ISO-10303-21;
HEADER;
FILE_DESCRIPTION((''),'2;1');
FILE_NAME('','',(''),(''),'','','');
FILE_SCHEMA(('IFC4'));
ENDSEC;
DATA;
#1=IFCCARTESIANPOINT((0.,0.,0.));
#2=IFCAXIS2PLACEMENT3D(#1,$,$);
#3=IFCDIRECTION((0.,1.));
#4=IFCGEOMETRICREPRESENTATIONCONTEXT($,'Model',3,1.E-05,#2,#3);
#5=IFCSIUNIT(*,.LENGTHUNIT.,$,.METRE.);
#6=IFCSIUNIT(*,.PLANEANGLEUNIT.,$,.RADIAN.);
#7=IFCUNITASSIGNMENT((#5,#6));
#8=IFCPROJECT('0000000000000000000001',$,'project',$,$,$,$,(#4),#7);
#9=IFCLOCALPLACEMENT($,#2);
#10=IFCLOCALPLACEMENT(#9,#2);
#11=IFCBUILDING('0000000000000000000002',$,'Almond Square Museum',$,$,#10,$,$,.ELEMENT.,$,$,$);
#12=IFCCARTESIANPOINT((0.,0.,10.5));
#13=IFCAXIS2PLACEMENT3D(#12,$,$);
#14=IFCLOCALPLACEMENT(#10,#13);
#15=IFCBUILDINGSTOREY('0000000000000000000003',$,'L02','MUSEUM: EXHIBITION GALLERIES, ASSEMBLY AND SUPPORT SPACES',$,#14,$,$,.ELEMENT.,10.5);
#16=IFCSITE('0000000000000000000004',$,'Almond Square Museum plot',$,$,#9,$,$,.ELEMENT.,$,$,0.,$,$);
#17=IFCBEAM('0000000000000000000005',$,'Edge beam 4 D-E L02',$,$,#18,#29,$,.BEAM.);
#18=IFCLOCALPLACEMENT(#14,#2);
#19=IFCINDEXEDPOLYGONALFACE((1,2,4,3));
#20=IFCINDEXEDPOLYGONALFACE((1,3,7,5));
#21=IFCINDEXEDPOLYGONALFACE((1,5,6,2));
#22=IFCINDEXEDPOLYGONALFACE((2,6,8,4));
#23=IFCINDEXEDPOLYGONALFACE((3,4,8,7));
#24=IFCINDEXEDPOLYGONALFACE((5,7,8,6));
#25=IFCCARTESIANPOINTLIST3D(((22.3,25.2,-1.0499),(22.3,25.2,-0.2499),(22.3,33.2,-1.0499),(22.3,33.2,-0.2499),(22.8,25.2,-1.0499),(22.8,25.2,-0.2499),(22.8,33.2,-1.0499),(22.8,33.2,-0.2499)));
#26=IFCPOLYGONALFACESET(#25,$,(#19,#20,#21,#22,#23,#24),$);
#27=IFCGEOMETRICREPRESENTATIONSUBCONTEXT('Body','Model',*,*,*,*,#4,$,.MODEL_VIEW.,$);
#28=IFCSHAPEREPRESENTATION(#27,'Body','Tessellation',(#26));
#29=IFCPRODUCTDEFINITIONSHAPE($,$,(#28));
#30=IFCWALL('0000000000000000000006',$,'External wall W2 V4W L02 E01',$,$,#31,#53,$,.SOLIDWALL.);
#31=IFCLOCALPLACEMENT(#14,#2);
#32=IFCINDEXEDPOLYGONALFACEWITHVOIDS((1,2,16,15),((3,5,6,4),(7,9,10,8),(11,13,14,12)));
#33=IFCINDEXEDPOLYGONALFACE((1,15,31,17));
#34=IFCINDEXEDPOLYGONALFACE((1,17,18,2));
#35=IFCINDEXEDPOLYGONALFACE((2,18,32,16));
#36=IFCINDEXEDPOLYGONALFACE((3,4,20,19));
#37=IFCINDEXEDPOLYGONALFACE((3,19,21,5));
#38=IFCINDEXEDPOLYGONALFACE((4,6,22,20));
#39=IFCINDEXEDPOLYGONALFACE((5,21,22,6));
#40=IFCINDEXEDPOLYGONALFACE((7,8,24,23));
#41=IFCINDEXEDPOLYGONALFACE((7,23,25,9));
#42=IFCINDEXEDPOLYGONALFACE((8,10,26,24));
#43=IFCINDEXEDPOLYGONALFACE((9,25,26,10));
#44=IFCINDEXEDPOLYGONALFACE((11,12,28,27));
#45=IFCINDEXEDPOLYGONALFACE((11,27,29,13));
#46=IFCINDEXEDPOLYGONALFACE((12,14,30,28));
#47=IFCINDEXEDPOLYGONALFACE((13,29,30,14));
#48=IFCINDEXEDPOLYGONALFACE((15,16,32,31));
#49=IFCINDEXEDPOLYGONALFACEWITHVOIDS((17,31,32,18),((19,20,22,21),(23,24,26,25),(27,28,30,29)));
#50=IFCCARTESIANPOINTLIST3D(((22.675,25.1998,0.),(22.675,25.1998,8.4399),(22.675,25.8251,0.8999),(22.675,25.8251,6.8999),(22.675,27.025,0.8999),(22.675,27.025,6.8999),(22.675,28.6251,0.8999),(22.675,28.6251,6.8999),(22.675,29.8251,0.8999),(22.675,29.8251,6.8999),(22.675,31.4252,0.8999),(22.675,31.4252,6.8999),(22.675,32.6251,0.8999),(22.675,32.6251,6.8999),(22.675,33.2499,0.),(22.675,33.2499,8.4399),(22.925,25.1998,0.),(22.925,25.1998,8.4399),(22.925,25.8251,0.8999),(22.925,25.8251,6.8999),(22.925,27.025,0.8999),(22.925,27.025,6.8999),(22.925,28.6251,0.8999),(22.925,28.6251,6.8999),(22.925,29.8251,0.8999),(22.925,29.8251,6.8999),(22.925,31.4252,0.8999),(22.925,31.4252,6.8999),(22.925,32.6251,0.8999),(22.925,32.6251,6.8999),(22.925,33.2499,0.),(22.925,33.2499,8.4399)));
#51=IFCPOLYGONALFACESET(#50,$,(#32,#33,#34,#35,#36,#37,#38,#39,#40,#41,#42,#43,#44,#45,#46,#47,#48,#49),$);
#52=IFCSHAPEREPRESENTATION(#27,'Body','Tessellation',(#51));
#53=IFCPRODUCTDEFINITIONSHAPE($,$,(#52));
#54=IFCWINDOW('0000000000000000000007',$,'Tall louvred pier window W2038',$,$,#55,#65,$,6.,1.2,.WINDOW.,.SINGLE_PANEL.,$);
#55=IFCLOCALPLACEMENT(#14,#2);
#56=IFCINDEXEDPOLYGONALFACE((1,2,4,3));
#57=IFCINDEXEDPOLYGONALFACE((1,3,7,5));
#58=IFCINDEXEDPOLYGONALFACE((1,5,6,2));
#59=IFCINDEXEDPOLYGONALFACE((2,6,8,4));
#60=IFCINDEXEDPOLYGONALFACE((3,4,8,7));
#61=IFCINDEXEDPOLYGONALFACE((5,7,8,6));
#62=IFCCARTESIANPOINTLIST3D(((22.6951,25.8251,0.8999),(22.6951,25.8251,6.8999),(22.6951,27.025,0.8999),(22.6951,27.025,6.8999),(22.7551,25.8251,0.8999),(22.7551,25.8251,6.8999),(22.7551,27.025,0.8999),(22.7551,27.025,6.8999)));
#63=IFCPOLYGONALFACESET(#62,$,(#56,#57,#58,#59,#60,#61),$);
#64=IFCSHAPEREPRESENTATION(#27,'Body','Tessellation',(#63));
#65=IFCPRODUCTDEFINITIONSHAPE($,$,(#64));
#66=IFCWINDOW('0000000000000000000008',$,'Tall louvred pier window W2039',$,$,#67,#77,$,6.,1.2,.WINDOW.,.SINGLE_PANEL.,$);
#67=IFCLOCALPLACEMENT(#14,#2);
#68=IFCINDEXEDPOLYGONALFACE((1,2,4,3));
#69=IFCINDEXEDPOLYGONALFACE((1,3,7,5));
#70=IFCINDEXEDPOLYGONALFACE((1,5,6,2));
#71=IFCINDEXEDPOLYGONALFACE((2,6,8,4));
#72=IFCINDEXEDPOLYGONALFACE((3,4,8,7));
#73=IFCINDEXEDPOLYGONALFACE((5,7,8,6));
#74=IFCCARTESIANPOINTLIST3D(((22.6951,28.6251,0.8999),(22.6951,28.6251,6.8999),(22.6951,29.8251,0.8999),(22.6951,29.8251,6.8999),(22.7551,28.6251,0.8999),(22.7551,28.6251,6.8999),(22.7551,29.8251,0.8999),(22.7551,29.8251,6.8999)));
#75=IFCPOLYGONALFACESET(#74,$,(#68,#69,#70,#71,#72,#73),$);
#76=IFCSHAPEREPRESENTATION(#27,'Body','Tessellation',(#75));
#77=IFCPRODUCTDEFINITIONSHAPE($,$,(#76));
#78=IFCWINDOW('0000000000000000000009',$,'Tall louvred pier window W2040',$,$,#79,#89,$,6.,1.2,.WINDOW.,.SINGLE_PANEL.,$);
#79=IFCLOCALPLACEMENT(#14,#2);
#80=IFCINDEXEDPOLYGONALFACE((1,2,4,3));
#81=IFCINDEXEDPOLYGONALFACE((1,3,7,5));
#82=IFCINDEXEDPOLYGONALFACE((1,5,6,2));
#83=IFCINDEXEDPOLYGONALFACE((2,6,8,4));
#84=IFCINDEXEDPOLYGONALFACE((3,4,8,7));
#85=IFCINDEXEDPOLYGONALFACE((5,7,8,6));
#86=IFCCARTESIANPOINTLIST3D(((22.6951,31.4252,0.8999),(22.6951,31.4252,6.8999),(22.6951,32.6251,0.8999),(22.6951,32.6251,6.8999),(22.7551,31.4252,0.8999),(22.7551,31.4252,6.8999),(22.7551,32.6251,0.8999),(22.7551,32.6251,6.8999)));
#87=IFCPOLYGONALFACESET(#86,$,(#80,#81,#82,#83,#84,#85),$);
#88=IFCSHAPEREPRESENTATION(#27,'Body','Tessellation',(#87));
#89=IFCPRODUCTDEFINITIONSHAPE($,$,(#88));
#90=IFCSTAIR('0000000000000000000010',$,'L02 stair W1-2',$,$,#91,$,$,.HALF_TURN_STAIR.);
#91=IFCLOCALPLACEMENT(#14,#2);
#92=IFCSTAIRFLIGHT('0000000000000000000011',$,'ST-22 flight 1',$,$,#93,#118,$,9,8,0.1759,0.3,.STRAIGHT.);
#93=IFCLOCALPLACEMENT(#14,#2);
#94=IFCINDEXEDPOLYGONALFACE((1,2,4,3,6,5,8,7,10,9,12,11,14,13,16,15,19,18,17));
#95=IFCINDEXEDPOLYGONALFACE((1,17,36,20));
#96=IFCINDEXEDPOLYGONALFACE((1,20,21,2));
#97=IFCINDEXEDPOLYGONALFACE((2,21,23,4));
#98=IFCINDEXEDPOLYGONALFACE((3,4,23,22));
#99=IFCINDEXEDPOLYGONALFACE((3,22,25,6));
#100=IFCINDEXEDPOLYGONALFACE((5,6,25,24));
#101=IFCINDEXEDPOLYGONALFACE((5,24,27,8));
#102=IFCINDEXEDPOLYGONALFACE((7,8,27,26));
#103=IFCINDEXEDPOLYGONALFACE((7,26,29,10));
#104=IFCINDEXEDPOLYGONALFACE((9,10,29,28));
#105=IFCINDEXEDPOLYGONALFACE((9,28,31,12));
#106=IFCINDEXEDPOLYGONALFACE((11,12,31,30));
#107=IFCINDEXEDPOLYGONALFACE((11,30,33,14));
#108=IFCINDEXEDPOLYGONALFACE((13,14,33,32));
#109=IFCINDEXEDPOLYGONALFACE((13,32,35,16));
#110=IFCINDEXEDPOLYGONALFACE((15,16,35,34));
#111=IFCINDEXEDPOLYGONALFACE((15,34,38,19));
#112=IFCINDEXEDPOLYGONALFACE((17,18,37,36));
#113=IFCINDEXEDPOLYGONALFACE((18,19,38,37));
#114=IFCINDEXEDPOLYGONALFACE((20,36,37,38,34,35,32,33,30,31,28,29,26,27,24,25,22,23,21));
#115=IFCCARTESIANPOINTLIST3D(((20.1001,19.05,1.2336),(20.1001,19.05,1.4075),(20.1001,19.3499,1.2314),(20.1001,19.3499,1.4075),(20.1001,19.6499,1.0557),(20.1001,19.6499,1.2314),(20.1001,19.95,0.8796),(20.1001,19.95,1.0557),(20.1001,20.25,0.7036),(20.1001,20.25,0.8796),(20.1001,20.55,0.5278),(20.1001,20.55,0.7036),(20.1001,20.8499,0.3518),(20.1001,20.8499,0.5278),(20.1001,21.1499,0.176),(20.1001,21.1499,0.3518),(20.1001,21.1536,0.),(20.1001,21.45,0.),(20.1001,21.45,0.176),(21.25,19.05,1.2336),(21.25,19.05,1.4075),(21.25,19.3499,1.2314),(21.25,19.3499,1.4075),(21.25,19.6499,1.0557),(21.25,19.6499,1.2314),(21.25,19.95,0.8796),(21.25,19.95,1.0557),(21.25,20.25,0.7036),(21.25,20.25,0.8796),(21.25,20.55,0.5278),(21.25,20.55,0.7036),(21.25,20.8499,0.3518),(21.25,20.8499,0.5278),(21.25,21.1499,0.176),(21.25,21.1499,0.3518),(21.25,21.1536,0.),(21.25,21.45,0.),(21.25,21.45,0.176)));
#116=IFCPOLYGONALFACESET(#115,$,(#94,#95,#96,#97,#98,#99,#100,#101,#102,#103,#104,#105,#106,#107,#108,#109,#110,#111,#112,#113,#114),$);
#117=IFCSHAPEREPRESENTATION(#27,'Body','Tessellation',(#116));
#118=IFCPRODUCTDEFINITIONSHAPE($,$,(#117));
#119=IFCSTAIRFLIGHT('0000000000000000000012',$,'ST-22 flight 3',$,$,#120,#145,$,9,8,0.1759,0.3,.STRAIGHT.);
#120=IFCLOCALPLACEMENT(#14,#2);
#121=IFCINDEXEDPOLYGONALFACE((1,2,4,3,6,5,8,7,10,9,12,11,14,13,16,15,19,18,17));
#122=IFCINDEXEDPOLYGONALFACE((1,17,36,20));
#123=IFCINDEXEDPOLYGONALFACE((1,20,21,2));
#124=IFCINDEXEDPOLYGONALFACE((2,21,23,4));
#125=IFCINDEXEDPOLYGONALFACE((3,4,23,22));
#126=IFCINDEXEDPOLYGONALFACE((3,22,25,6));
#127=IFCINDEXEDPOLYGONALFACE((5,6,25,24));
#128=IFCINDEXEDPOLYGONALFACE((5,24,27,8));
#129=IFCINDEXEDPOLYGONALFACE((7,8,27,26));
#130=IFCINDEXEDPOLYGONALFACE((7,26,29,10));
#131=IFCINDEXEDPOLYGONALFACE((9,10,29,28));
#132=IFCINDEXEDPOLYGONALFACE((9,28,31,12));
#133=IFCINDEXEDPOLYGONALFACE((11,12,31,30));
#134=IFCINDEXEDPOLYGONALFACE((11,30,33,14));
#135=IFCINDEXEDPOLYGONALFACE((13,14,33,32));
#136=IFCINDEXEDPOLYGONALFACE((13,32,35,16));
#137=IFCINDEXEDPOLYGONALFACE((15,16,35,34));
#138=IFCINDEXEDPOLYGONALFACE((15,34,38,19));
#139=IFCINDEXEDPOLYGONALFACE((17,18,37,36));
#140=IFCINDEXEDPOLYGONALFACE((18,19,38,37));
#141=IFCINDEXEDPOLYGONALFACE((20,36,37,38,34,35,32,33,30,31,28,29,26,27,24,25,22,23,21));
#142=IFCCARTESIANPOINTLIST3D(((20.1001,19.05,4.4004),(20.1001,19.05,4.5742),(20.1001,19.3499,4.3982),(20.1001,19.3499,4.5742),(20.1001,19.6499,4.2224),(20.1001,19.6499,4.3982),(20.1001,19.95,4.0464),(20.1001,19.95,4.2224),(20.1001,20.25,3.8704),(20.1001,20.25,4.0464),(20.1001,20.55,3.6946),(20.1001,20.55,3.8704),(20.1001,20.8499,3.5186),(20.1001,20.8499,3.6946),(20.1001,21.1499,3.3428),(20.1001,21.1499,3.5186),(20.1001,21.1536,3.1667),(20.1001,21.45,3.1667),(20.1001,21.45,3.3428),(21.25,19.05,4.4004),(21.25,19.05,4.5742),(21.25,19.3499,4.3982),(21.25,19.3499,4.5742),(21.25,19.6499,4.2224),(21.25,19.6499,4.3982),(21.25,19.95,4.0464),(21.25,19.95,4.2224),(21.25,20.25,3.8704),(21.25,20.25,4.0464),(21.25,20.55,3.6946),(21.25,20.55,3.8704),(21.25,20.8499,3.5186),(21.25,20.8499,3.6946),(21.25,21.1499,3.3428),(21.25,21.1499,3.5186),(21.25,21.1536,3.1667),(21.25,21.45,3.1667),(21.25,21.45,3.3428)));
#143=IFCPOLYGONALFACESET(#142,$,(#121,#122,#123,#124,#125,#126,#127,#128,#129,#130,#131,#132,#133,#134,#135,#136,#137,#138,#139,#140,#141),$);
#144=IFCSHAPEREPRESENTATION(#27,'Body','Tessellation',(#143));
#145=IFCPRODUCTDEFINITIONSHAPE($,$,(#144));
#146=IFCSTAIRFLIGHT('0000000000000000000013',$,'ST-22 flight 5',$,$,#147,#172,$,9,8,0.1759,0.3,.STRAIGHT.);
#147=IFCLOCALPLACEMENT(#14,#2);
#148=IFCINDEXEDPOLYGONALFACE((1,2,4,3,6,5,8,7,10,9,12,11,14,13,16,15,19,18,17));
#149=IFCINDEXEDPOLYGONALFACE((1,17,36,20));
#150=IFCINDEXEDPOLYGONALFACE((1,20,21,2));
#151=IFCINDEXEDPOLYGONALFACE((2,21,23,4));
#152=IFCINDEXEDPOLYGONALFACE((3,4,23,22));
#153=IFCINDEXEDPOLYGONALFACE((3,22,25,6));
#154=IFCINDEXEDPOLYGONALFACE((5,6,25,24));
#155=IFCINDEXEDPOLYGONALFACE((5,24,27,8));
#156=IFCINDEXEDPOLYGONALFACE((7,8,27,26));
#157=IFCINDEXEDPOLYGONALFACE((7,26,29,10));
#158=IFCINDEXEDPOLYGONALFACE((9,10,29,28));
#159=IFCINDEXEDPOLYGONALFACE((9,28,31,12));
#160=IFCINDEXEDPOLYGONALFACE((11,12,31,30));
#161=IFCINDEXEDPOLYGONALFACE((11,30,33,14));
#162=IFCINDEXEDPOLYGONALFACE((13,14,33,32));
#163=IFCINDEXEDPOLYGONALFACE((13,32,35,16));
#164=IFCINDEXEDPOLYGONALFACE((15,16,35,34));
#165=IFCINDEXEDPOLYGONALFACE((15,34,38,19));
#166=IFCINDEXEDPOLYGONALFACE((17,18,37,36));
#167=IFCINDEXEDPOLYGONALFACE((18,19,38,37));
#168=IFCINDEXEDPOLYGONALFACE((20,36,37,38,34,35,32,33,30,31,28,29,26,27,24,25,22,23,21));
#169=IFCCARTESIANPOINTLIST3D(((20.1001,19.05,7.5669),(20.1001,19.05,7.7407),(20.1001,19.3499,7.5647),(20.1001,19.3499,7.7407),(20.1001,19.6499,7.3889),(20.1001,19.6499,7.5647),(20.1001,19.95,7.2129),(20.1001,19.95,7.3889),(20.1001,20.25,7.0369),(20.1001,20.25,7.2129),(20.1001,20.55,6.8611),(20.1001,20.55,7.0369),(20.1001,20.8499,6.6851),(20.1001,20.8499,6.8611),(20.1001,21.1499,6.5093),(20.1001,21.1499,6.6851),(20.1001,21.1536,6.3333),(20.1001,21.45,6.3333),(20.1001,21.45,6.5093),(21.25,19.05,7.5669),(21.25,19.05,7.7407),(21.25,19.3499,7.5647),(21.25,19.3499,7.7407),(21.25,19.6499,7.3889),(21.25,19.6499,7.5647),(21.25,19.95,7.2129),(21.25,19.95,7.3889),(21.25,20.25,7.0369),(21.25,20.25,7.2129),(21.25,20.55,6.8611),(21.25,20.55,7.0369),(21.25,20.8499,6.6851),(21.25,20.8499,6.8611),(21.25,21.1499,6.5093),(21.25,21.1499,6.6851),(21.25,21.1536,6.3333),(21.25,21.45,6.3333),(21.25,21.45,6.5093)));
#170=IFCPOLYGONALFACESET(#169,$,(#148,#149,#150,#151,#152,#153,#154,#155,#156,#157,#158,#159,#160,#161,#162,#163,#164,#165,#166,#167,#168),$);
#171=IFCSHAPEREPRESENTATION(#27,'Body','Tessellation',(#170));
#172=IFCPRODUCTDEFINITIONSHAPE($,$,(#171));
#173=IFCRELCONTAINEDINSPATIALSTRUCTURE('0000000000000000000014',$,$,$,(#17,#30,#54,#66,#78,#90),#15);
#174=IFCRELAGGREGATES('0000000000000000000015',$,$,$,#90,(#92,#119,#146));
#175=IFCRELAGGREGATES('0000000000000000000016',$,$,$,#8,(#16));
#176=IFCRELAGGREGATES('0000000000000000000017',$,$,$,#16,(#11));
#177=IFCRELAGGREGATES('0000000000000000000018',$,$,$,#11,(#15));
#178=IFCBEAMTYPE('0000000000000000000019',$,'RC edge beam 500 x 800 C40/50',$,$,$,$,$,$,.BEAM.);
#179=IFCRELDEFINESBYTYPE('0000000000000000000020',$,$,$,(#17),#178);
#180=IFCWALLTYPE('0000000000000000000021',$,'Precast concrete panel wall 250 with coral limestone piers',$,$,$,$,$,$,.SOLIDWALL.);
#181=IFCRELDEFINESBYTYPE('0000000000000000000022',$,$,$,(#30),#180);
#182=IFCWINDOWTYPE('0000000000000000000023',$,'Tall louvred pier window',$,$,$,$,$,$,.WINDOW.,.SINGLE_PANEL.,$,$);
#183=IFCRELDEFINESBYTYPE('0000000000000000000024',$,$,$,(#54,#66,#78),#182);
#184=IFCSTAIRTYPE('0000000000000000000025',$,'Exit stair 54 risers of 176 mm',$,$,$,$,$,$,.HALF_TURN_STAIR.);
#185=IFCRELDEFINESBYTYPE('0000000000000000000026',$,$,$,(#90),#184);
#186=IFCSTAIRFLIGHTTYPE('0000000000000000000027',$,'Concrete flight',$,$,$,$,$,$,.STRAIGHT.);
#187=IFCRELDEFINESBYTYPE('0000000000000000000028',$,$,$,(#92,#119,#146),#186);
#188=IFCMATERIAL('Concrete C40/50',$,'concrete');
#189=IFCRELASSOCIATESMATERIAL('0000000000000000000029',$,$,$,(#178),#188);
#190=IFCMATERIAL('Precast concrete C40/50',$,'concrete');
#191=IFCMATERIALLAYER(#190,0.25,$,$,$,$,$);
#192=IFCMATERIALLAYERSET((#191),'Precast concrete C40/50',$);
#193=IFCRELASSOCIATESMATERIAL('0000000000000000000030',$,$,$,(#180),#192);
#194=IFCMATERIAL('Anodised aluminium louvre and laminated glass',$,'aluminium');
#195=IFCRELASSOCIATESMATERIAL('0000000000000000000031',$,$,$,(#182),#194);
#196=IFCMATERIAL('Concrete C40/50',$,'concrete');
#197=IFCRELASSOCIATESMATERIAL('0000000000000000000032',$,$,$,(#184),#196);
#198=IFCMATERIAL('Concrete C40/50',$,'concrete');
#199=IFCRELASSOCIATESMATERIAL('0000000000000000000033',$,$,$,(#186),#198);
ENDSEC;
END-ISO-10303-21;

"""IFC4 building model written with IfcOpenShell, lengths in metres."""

from ifc_helpers import new_model, si_unit, direction, frame, frame_2d, origin, origin_2d, place, context, subcontext, project, spatial, polyline, rectangle, outline, extrude, material, layer, layer_set, material_profile, profile_set, type_object, element, fill, aggregate, save


model = new_model("IFC4")

# Units and contexts
model_context = context("Model", 3, precision=1e-05, world=origin(), true_north=direction((0.0, 1.0)))
body_context = subcontext(model_context, "Body", "Model", "MODEL_VIEW")
ifc_project = project(units=[si_unit("LENGTHUNIT", "METRE"), si_unit("PLANEANGLEUNIT", "RADIAN")], contexts=[model_context])

# Site, building, storey
site_placement = place(None, origin())
site = spatial("IfcSite", under=ifc_project, at=site_placement, Name="Almond Square Museum plot", CompositionType="ELEMENT", RefElevation=0.0)
building_placement = place(site_placement, origin())
building = spatial("IfcBuilding", under=site, at=building_placement, Name="Almond Square Museum", CompositionType="ELEMENT")
storey_placement = place(building_placement, frame((0.0, 0.0, 10.5)))
storey = spatial("IfcBuildingStorey", under=building, at=storey_placement, Name="L02", Description="MUSEUM: EXHIBITION GALLERIES, ASSEMBLY AND SUPPORT SPACES", CompositionType="ELEMENT", Elevation=10.5)

# Beam
ifc_material_1 = material(Name="Concrete C40/50", Category="concrete")
ifc_material_profile = material_profile(ifc_material_1, rectangle(XDim=0.5, YDim=0.8, at=origin_2d()))
ifc_profile_set = profile_set([ifc_material_profile], Name="Concrete C40/50")
beam_type = type_object("IfcBeamType", Name="RC edge beam 500 x 800 C40/50", PredefinedType="BEAM", material=ifc_profile_set)
beam_placement = place(storey_placement, frame((22.55, 25.2, -0.6499), z_axis=(0.0, 1.0, 0.0), x_axis=(-1.0, 0.0, 0.0)))
element("IfcBeam", 1, at=beam_placement, inside=storey, type_object=beam_type, Name="Edge beam 4 D-E L02", PredefinedType="BEAM", context=body_context, shape_type="SweptSolid", body=[
    extrude(rectangle(XDim=0.5, YDim=0.8, at=origin_2d()), origin(), (0.0, 0.0, 1.0), 8.0),
])

# Wall, openings, windows
ifc_material_2 = material(Name="Precast concrete C40/50", Category="concrete")
ifc_layer = layer(ifc_material_2, 0.25)
ifc_layer_set = layer_set([ifc_layer], Name="Precast concrete C40/50")
wall_type = type_object("IfcWallType", Name="Precast concrete panel wall 250 with coral limestone piers", PredefinedType="SOLIDWALL", material=ifc_layer_set)
wall_placement = place(storey_placement, frame((22.8, 25.2, 0.0), z_axis=(0.0, 0.0, 1.0), x_axis=(0.0, 1.0, 0.0)))
wall = element("IfcWall", 2, at=wall_placement, inside=storey, type_object=wall_type, Name="External wall W2 V4W L02 E01", PredefinedType="SOLIDWALL", context=body_context, shape_type="SweptSolid", body=[
    extrude(rectangle(XDim=8.05, YDim=0.25, at=frame_2d((4.0249, 0.0))), origin(), (0.0, 0.0, 1.0), 8.4399),
])
opening_1_placement = place(wall_placement, frame((0.625, 0.0, 0.8999)))
opening_1 = element("IfcOpeningElement", 3, at=opening_1_placement, cuts=wall, PredefinedType="OPENING", context=body_context, shape_type="SweptSolid", body=[
    extrude(rectangle(XDim=1.2, YDim=6.0, at=frame_2d((0.6001, 3.0))), frame((0.0, 0.135, 0.0), z_axis=(0.0, -1.0, 0.0), x_axis=(1.0, 0.0, 0.0)), (0.0, 0.0, 1.0), 0.27),
])
opening_2_placement = place(wall_placement, frame((3.425, 0.0, 0.8999)))
opening_2 = element("IfcOpeningElement", 4, at=opening_2_placement, cuts=wall, PredefinedType="OPENING", context=body_context, shape_type="SweptSolid", body=[
    extrude(rectangle(XDim=1.2, YDim=6.0, at=frame_2d((0.6001, 3.0))), frame((0.0, 0.135, 0.0), z_axis=(0.0, -1.0, 0.0), x_axis=(1.0, 0.0, 0.0)), (0.0, 0.0, 1.0), 0.27),
])
opening_3_placement = place(wall_placement, frame((6.2251, 0.0, 0.8999)))
opening_3 = element("IfcOpeningElement", 5, at=opening_3_placement, cuts=wall, PredefinedType="OPENING", context=body_context, shape_type="SweptSolid", body=[
    extrude(rectangle(XDim=1.2, YDim=6.0, at=frame_2d((0.6001, 3.0))), frame((0.0, 0.135, 0.0), z_axis=(0.0, -1.0, 0.0), x_axis=(1.0, 0.0, 0.0)), (0.0, 0.0, 1.0), 0.27),
])
ifc_material_3 = material(Name="Anodised aluminium louvre and laminated glass", Category="aluminium")
window_type = type_object("IfcWindowType", Name="Tall louvred pier window", PartitioningType="SINGLE_PANEL", PredefinedType="WINDOW", material=ifc_material_3)
window_1_placement = place(opening_1_placement, origin())
window_1 = element("IfcWindow", 6, at=window_1_placement, inside=storey, type_object=window_type, Name="Tall louvred pier window W2038", OverallHeight=6.0, OverallWidth=1.2, PartitioningType="SINGLE_PANEL", PredefinedType="WINDOW", context=body_context, shape_type="SweptSolid", body=[
    extrude(rectangle(XDim=1.2, YDim=6.0, at=frame_2d((0.6001, 3.0))), frame((0.0, 0.105, 0.0), z_axis=(0.0, -1.0, 0.0), x_axis=(1.0, 0.0, 0.0)), (0.0, 0.0, 1.0), 0.0601),
])
fill(opening_1, window_1)
window_2_placement = place(opening_2_placement, origin())
window_2 = element("IfcWindow", 7, at=window_2_placement, inside=storey, type_object=window_type, Name="Tall louvred pier window W2039", OverallHeight=6.0, OverallWidth=1.2, PartitioningType="SINGLE_PANEL", PredefinedType="WINDOW", context=body_context, shape_type="SweptSolid", body=[
    extrude(rectangle(XDim=1.2, YDim=6.0, at=frame_2d((0.6001, 3.0))), frame((0.0, 0.105, 0.0), z_axis=(0.0, -1.0, 0.0), x_axis=(1.0, 0.0, 0.0)), (0.0, 0.0, 1.0), 0.0601),
])
fill(opening_2, window_2)
window_3_placement = place(opening_3_placement, origin())
window_3 = element("IfcWindow", 8, at=window_3_placement, inside=storey, type_object=window_type, Name="Tall louvred pier window W2040", OverallHeight=6.0, OverallWidth=1.2, PartitioningType="SINGLE_PANEL", PredefinedType="WINDOW", context=body_context, shape_type="SweptSolid", body=[
    extrude(rectangle(XDim=1.2, YDim=6.0, at=frame_2d((0.6001, 3.0))), frame((0.0, 0.105, 0.0), z_axis=(0.0, -1.0, 0.0), x_axis=(1.0, 0.0, 0.0)), (0.0, 0.0, 1.0), 0.0601),
])
fill(opening_3, window_3)

# Stair, stair flights
ifc_material_4 = material(Name="Concrete C40/50", Category="concrete")
stair_type = type_object("IfcStairType", Name="Exit stair 54 risers of 176 mm", PredefinedType="HALF_TURN_STAIR", material=ifc_material_4)
stair_placement = place(storey_placement, origin())
stair = element("IfcStair", 9, at=stair_placement, inside=storey, type_object=stair_type, Name="L02 stair W1-2", PredefinedType="HALF_TURN_STAIR")
ifc_material_5 = material(Name="Concrete C40/50", Category="concrete")
stair_flight_type = type_object("IfcStairFlightType", Name="Concrete flight", PredefinedType="STRAIGHT", material=ifc_material_5)
stair_flight_1_placement = place(storey_placement, frame((20.675, 21.45, 0.0), z_axis=(0.0, 0.0, 1.0), x_axis=(0.0, -1.0, 0.0)))
stair_flight_1 = element("IfcStairFlight", 10, at=stair_flight_1_placement, type_object=stair_flight_type, Name="ST-22 flight 1", NumberOfRisers=9, NumberOfTreads=8, PredefinedType="STRAIGHT", RiserHeight=0.1759, TreadLength=0.3, context=body_context, shape_type="SweptSolid", body=[
    extrude(outline(polyline([(0.0, 0.0), (0.0, 0.176), (0.3, 0.176), (0.3, 0.3518), (0.6001, 0.3518), (0.6001, 0.5278), (0.8999, 0.5278), (0.8999, 0.7036), (1.2, 0.7036), (1.2, 0.8796), (1.5, 0.8796), (1.5, 1.0557), (1.8, 1.0557), (1.8, 1.2314), (2.1001, 1.2314), (2.1001, 1.4075), (2.3999, 1.4075), (2.3999, 1.5833), (2.3999, 1.2336), (0.2964, 0.0), (0.0, 0.0)])), frame((0.0, 0.575, 0.0), z_axis=(0.0, -1.0, 0.0), x_axis=(1.0, 0.0, 0.0)), (0.0, 0.0, 1.0), 1.1499),
])
stair_flight_2_placement = place(storey_placement, frame((20.675, 21.45, 3.1667), z_axis=(0.0, 0.0, 1.0), x_axis=(0.0, -1.0, 0.0)))
stair_flight_2 = element("IfcStairFlight", 11, at=stair_flight_2_placement, type_object=stair_flight_type, Name="ST-22 flight 3", NumberOfRisers=9, NumberOfTreads=8, PredefinedType="STRAIGHT", RiserHeight=0.1759, TreadLength=0.3, context=body_context, shape_type="SweptSolid", body=[
    extrude(outline(polyline([(0.0, 0.0), (0.0, 0.176), (0.3, 0.176), (0.3, 0.3518), (0.6001, 0.3518), (0.6001, 0.5278), (0.8999, 0.5278), (0.8999, 0.7036), (1.2, 0.7036), (1.2, 0.8796), (1.5, 0.8796), (1.5, 1.0557), (1.8, 1.0557), (1.8, 1.2314), (2.1001, 1.2314), (2.1001, 1.4075), (2.3999, 1.4075), (2.3999, 1.5833), (2.3999, 1.2336), (0.2964, 0.0), (0.0, 0.0)])), frame((0.0, 0.575, 0.0), z_axis=(0.0, -1.0, 0.0), x_axis=(1.0, 0.0, 0.0)), (0.0, 0.0, 1.0), 1.1499),
])
stair_flight_3_placement = place(storey_placement, frame((20.675, 21.45, 6.3333), z_axis=(0.0, 0.0, 1.0), x_axis=(0.0, -1.0, 0.0)))
stair_flight_3 = element("IfcStairFlight", 12, at=stair_flight_3_placement, type_object=stair_flight_type, Name="ST-22 flight 5", NumberOfRisers=9, NumberOfTreads=8, PredefinedType="STRAIGHT", RiserHeight=0.1759, TreadLength=0.3, context=body_context, shape_type="SweptSolid", body=[
    extrude(outline(polyline([(0.0, 0.0), (0.0, 0.176), (0.3, 0.176), (0.3, 0.3518), (0.6001, 0.3518), (0.6001, 0.5278), (0.8999, 0.5278), (0.8999, 0.7036), (1.2, 0.7036), (1.2, 0.8796), (1.5, 0.8796), (1.5, 1.0557), (1.8, 1.0557), (1.8, 1.2314), (2.1001, 1.2314), (2.1001, 1.4075), (2.3999, 1.4075), (2.3999, 1.5833), (2.3999, 1.2336), (0.2964, 0.0), (0.0, 0.0)])), frame((0.0, 0.575, 0.0), z_axis=(0.0, -1.0, 0.0), x_axis=(1.0, 0.0, 0.0)), (0.0, 0.0, 1.0), 1.1499),
])
aggregate(stair, [stair_flight_1, stair_flight_2, stair_flight_3])

save(model, "model.ifc")
